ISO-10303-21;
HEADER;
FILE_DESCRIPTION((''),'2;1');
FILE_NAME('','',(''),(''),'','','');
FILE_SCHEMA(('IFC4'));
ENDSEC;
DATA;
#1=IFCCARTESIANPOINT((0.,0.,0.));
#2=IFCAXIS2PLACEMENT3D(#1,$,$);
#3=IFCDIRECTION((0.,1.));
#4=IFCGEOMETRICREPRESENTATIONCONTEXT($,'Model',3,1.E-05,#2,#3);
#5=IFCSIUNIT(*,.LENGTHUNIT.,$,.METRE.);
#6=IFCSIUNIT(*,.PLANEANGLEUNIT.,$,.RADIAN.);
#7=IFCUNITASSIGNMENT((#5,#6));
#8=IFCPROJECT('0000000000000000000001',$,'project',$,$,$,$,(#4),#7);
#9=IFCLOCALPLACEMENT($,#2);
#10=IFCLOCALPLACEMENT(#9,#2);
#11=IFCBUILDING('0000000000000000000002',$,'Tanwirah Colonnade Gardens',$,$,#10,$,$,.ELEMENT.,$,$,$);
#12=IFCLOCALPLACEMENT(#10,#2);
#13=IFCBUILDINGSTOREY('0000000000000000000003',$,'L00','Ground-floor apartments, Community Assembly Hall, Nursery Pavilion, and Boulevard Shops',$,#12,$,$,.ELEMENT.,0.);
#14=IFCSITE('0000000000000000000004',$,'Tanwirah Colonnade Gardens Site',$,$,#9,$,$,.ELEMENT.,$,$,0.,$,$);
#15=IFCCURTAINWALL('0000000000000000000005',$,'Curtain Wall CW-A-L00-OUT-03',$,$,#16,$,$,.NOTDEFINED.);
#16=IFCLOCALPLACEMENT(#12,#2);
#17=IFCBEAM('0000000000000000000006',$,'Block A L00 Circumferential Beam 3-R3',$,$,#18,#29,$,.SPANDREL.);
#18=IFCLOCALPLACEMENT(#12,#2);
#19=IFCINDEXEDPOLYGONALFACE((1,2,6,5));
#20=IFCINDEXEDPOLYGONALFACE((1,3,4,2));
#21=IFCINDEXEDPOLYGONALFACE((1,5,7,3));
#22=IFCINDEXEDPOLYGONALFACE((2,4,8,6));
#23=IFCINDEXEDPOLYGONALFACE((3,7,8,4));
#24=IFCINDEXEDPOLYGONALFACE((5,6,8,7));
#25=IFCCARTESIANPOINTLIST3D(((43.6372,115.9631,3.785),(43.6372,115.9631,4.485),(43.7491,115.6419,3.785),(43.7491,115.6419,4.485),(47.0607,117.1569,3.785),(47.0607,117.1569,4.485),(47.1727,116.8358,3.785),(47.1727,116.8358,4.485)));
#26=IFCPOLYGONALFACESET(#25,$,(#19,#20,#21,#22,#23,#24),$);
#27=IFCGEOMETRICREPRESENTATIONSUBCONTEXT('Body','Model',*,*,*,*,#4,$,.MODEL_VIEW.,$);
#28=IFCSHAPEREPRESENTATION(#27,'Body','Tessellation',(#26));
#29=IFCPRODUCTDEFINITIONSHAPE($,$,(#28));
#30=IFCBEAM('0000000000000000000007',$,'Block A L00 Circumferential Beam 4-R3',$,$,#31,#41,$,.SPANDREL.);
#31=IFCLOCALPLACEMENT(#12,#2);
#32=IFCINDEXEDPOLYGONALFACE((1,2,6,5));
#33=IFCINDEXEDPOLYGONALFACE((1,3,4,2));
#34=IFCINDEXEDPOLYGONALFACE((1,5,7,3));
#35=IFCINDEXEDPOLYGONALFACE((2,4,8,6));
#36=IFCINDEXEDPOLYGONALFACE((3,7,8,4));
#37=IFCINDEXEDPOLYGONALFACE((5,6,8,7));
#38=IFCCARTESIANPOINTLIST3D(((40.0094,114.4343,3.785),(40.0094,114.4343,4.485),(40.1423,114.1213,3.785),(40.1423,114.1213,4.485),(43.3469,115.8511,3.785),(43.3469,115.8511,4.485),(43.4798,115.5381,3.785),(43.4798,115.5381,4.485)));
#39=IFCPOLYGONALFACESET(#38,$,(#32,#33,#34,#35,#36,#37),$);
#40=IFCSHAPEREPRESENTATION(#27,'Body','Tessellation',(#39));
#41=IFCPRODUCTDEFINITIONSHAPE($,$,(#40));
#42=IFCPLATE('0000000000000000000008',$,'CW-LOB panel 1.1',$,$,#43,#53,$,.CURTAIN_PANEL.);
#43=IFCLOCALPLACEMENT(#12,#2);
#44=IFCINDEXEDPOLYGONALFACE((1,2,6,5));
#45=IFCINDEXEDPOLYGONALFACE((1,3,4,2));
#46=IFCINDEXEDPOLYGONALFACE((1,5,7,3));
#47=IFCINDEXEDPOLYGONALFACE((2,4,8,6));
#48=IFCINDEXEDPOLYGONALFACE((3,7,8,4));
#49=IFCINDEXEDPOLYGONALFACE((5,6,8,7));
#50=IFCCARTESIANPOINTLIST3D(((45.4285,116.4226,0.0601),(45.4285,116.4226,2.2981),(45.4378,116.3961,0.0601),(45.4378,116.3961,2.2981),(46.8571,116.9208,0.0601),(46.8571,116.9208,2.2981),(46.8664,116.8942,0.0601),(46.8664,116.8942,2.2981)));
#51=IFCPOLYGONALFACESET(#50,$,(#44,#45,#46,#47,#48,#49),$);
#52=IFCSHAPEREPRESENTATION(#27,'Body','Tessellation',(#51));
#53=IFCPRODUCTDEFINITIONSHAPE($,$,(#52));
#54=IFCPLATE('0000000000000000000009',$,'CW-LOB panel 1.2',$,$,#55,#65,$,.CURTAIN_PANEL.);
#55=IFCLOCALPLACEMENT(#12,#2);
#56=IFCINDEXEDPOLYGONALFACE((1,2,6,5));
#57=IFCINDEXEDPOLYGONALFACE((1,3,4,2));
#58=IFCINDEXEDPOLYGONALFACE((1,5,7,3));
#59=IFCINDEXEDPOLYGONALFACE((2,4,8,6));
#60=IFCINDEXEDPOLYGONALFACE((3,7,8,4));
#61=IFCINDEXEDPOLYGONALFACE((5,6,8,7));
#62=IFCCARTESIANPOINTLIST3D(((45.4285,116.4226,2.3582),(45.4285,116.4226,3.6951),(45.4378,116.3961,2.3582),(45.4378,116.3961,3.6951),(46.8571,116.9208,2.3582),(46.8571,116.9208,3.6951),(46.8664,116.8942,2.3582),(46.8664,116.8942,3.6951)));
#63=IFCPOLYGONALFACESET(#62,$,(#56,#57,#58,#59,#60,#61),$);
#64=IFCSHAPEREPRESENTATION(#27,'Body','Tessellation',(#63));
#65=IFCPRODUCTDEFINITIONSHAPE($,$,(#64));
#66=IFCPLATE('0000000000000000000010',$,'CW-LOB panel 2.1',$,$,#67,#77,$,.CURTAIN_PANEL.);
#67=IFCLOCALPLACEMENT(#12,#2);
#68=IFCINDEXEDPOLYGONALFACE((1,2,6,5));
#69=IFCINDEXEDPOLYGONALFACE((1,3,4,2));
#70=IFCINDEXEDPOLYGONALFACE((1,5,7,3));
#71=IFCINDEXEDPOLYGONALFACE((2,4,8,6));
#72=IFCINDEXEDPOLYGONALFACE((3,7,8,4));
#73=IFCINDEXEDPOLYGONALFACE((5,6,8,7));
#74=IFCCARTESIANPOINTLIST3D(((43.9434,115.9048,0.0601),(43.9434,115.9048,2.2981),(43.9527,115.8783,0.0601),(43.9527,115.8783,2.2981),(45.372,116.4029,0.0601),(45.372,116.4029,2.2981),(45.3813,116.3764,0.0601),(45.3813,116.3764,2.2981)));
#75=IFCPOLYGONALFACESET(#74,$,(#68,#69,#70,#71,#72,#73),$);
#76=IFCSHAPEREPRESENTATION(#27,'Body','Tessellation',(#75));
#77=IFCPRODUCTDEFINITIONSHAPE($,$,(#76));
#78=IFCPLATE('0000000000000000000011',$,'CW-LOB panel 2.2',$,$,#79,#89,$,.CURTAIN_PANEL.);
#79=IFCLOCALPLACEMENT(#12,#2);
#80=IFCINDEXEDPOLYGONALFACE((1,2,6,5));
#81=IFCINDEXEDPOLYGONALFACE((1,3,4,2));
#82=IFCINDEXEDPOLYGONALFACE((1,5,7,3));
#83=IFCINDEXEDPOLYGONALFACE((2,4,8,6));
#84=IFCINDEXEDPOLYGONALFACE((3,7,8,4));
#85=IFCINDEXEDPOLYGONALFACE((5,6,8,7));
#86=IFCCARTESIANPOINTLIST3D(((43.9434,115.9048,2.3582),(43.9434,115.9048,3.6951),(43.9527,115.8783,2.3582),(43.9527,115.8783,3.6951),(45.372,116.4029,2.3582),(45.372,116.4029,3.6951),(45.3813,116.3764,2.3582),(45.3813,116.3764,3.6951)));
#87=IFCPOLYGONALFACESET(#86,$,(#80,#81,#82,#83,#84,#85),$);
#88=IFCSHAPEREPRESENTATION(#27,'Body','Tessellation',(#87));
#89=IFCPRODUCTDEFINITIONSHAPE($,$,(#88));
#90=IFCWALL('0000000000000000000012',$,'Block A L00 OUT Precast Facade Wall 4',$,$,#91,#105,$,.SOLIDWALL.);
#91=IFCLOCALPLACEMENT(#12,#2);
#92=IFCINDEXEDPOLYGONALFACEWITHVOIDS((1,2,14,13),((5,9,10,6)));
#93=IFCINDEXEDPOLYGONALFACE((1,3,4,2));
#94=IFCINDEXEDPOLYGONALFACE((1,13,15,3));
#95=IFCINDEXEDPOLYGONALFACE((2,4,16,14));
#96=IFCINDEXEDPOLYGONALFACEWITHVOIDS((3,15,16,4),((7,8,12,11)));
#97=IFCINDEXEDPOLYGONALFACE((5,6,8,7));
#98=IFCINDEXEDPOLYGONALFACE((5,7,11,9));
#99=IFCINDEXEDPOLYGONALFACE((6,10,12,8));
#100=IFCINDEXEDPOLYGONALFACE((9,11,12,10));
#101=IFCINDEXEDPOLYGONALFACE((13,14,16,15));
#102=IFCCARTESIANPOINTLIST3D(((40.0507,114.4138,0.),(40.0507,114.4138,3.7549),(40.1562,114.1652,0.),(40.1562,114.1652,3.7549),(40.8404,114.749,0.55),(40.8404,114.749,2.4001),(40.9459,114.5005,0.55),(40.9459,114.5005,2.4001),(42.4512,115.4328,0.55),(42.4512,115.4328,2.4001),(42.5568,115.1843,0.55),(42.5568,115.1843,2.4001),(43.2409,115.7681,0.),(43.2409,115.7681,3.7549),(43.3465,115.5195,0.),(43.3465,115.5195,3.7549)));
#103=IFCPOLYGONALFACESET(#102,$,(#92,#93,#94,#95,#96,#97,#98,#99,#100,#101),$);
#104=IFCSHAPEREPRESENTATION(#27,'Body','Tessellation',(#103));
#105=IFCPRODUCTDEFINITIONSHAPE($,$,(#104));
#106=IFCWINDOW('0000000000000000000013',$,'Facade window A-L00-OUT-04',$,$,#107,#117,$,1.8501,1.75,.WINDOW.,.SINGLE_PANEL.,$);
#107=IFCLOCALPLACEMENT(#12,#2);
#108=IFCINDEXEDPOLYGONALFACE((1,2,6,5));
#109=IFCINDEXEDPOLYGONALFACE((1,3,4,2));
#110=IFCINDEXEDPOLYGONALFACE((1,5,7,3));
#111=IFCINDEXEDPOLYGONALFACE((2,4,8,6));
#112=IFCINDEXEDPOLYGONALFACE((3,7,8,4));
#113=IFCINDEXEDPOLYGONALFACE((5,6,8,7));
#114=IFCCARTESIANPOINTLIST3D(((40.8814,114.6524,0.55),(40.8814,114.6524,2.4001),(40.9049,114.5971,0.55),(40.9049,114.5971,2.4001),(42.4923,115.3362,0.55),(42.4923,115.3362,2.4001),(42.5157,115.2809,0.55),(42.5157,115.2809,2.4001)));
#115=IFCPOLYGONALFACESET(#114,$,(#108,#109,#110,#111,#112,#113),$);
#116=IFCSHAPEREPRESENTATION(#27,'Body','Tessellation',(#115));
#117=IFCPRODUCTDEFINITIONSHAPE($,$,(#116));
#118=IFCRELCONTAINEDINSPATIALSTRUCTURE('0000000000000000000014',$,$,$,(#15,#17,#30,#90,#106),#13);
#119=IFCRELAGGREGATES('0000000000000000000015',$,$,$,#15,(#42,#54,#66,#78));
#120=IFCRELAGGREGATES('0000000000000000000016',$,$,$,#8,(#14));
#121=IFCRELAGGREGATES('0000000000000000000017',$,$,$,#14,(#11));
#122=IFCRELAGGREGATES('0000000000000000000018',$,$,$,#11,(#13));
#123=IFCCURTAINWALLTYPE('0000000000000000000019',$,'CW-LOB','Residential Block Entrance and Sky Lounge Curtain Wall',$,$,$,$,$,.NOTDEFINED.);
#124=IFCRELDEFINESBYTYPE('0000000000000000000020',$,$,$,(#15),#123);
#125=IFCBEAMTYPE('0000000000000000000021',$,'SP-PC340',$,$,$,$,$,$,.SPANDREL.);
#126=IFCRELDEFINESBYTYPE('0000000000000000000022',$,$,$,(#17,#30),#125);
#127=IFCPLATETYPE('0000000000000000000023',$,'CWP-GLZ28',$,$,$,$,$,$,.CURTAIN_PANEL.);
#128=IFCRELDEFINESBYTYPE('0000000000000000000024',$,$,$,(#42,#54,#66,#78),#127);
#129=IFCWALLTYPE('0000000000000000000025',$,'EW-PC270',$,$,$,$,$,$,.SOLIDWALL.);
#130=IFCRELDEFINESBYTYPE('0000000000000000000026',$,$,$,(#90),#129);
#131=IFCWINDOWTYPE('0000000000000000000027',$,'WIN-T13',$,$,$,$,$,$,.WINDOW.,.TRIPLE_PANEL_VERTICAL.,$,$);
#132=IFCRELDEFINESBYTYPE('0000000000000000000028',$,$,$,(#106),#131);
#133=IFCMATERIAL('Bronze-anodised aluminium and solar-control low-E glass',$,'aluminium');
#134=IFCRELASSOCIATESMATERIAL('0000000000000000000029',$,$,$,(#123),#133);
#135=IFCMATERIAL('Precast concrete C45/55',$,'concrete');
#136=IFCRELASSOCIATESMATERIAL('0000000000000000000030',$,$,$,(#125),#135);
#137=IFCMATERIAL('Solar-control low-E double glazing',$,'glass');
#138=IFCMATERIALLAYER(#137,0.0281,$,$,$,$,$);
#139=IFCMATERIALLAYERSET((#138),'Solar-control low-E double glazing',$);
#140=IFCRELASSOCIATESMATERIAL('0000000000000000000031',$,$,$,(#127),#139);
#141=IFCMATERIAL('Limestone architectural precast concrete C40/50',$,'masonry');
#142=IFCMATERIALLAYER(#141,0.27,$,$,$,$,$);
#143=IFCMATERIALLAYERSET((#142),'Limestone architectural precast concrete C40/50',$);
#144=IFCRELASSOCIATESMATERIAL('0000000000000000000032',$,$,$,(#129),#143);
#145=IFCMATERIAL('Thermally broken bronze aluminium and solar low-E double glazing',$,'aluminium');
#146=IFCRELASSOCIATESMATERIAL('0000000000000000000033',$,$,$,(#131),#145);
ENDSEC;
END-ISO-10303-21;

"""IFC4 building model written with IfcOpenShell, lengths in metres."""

from ifc_helpers import new_model, si_unit, direction, frame, frame_2d, origin, origin_2d, place, context, subcontext, project, spatial, rectangle, extrude, material, layer, layer_set, material_profile, profile_set, type_object, element, fill, aggregate, save


model = new_model("IFC4")

# Units and contexts
model_context = context("Model", 3, precision=1e-05, world=origin(), true_north=direction((0.0, 1.0)))
body_context = subcontext(model_context, "Body", "Model", "MODEL_VIEW")
ifc_project = project(units=[si_unit("LENGTHUNIT", "METRE"), si_unit("PLANEANGLEUNIT", "RADIAN")], contexts=[model_context])

# Site, building, storey
site_placement = place(None, origin())
site = spatial("IfcSite", under=ifc_project, at=site_placement, Name="Tanwirah Colonnade Gardens Site", CompositionType="ELEMENT", RefElevation=0.0)
building_placement = place(site_placement, origin())
building = spatial("IfcBuilding", under=site, at=building_placement, Name="Tanwirah Colonnade Gardens", CompositionType="ELEMENT")
storey_placement = place(building_placement, origin())
storey = spatial("IfcBuildingStorey", under=building, at=storey_placement, Name="L00", Description="Ground-floor apartments, Community Assembly Hall, Nursery Pavilion, and Boulevard Shops", CompositionType="ELEMENT", Elevation=0.0)

# Shared definitions
ifc_material_1 = material(Name="Precast concrete C45/55", Category="concrete")

# Curtain wall
ifc_material_2 = material(Name="Bronze-anodised aluminium and solar-control low-E glass", Category="aluminium")
curtain_wall_type = type_object("IfcCurtainWallType", Name="CW-LOB", Description="Residential Block Entrance and Sky Lounge Curtain Wall", PredefinedType="NOTDEFINED", material=ifc_material_2)
curtain_wall_placement = place(storey_placement, origin())
curtain_wall = element("IfcCurtainWall", 1, at=curtain_wall_placement, inside=storey, type_object=curtain_wall_type, Name="Curtain Wall CW-A-L00-OUT-03", PredefinedType="NOTDEFINED")

# Beams
ifc_material_profile_1 = material_profile(ifc_material_1, rectangle(XDim=0.3401, YDim=0.7, at=origin_2d()), Name="PC-SP 340x700")
ifc_profile_set_1 = profile_set([ifc_material_profile_1], Name="Precast concrete C45/55")
beam_type = type_object("IfcBeamType", Name="SP-PC340", PredefinedType="SPANDREL", material=ifc_profile_set_1)
for number, where, z_axis, x_axis, name in (
    (2, (47.1167, 116.9963, 4.135), (-0.944237, -0.329267, 0.0), (0.329267, -0.944237, 0.0), "Block A L00 Circumferential Beam 3-R3"),
    (3, (43.4133, 115.6946, 4.135), (-0.920494, -0.390756, 0.0), (0.390756, -0.920494, 0.0), "Block A L00 Circumferential Beam 4-R3"),
):
    element("IfcBeam", number, at=place(storey_placement, frame(where, z_axis=z_axis, x_axis=x_axis)), inside=storey, type_object=beam_type, Name=name, PredefinedType="SPANDREL", context=body_context, shape_type="SweptSolid", body=[
        extrude(rectangle(XDim=0.3401, YDim=0.7, at=origin_2d()), origin(), (0.0, 0.0, 1.0), 3.6257),
    ])

# Plates
ifc_material_3 = material(Name="Solar-control low-E double glazing", Category="glass")
ifc_layer_1 = layer(ifc_material_3, 0.0281)
ifc_layer_set_1 = layer_set([ifc_layer_1], Name="Solar-control low-E double glazing")
plate_type = type_object("IfcPlateType", Name="CWP-GLZ28", PredefinedType="CURTAIN_PANEL", material=ifc_layer_set_1)
plate_1_placement = place(storey_placement, frame((46.1475, 116.6584, 0.0601), z_axis=(0.0, 0.0, 1.0), x_axis=(-0.944249, -0.329233, 0.0)))
plate_1 = element("IfcPlate", 4, at=plate_1_placement, type_object=plate_type, Name="CW-LOB panel 1.1", PredefinedType="CURTAIN_PANEL", context=body_context, shape_type="SweptSolid", body=[
    extrude(rectangle(XDim=1.5129, YDim=0.0281, at=origin_2d()), origin(), (0.0, 0.0, 1.0), 2.238),
])
plate_2_placement = place(storey_placement, frame((46.1475, 116.6584, 2.3582), z_axis=(0.0, 0.0, 1.0), x_axis=(-0.944249, -0.329233, 0.0)))
plate_2 = element("IfcPlate", 5, at=plate_2_placement, type_object=plate_type, Name="CW-LOB panel 1.2", PredefinedType="CURTAIN_PANEL", context=body_context, shape_type="SweptSolid", body=[
    extrude(rectangle(XDim=1.5129, YDim=0.0281, at=origin_2d()), origin(), (0.0, 0.0, 1.0), 1.3369),
])
plate_3_placement = place(storey_placement, frame((44.6624, 116.1406, 0.0601), z_axis=(0.0, 0.0, 1.0), x_axis=(-0.944249, -0.329233, 0.0)))
plate_3 = element("IfcPlate", 6, at=plate_3_placement, type_object=plate_type, Name="CW-LOB panel 2.1", PredefinedType="CURTAIN_PANEL", context=body_context, shape_type="SweptSolid", body=[
    extrude(rectangle(XDim=1.5129, YDim=0.0281, at=origin_2d()), origin(), (0.0, 0.0, 1.0), 2.238),
])
plate_4_placement = place(storey_placement, frame((44.6624, 116.1406, 2.3582), z_axis=(0.0, 0.0, 1.0), x_axis=(-0.944249, -0.329233, 0.0)))
plate_4 = element("IfcPlate", 7, at=plate_4_placement, type_object=plate_type, Name="CW-LOB panel 2.2", PredefinedType="CURTAIN_PANEL", context=body_context, shape_type="SweptSolid", body=[
    extrude(rectangle(XDim=1.5129, YDim=0.0281, at=origin_2d()), origin(), (0.0, 0.0, 1.0), 1.3369),
])
aggregate(curtain_wall, [plate_1, plate_2, plate_3, plate_4])

# Wall, opening, window
ifc_material_4 = material(Name="Limestone architectural precast concrete C40/50", Category="masonry")
ifc_layer_2 = layer(ifc_material_4, 0.27)
ifc_layer_set_2 = layer_set([ifc_layer_2], Name="Limestone architectural precast concrete C40/50")
wall_type = type_object("IfcWallType", Name="EW-PC270", PredefinedType="SOLIDWALL", material=ifc_layer_set_2)
wall_placement = place(storey_placement, frame((43.2937, 115.6438, 0.0), z_axis=(0.0, 0.0, 1.0), x_axis=(-0.920495, -0.390754, 0.0)))
wall = element("IfcWall", 8, at=wall_placement, inside=storey, type_object=wall_type, Name="Block A L00 OUT Precast Facade Wall 4", PredefinedType="SOLIDWALL", context=body_context, shape_type="SweptSolid", body=[
    extrude(rectangle(XDim=3.4658, YDim=0.27, at=frame_2d((1.7329, 0.0))), origin(), (0.0, 0.0, 1.0), 3.7549),
])
opening_placement = place(wall_placement, frame((0.8579, 0.0, 0.55)))
opening = element("IfcOpeningElement", 9, at=opening_placement, cuts=wall, PredefinedType="OPENING", context=body_context, shape_type="SweptSolid", body=[
    extrude(rectangle(XDim=1.75, YDim=1.8501, at=frame_2d((0.875, 0.925))), frame((0.0, 0.145, 0.0), z_axis=(0.0, -1.0, 0.0), x_axis=(1.0, 0.0, 0.0)), (0.0, 0.0, 1.0), 0.29),
])
ifc_material_5 = material(Name="Thermally broken bronze aluminium and solar low-E double glazing", Category="aluminium")
window_type = type_object("IfcWindowType", Name="WIN-T13", PartitioningType="TRIPLE_PANEL_VERTICAL", PredefinedType="WINDOW", material=ifc_material_5)
window_placement = place(opening_placement, origin())
window = element("IfcWindow", 10, at=window_placement, inside=storey, type_object=window_type, Name="Facade window A-L00-OUT-04", OverallHeight=1.8501, OverallWidth=1.75, PartitioningType="SINGLE_PANEL", PredefinedType="WINDOW", context=body_context, shape_type="SweptSolid", body=[
    extrude(rectangle(XDim=1.75, YDim=1.8501, at=frame_2d((0.875, 0.925))), frame((0.0, 0.03, 0.0), z_axis=(0.0, -1.0, 0.0), x_axis=(1.0, 0.0, 0.0)), (0.0, 0.0, 1.0), 0.0601),
])
fill(opening, window)

save(model, "model.ifc")
